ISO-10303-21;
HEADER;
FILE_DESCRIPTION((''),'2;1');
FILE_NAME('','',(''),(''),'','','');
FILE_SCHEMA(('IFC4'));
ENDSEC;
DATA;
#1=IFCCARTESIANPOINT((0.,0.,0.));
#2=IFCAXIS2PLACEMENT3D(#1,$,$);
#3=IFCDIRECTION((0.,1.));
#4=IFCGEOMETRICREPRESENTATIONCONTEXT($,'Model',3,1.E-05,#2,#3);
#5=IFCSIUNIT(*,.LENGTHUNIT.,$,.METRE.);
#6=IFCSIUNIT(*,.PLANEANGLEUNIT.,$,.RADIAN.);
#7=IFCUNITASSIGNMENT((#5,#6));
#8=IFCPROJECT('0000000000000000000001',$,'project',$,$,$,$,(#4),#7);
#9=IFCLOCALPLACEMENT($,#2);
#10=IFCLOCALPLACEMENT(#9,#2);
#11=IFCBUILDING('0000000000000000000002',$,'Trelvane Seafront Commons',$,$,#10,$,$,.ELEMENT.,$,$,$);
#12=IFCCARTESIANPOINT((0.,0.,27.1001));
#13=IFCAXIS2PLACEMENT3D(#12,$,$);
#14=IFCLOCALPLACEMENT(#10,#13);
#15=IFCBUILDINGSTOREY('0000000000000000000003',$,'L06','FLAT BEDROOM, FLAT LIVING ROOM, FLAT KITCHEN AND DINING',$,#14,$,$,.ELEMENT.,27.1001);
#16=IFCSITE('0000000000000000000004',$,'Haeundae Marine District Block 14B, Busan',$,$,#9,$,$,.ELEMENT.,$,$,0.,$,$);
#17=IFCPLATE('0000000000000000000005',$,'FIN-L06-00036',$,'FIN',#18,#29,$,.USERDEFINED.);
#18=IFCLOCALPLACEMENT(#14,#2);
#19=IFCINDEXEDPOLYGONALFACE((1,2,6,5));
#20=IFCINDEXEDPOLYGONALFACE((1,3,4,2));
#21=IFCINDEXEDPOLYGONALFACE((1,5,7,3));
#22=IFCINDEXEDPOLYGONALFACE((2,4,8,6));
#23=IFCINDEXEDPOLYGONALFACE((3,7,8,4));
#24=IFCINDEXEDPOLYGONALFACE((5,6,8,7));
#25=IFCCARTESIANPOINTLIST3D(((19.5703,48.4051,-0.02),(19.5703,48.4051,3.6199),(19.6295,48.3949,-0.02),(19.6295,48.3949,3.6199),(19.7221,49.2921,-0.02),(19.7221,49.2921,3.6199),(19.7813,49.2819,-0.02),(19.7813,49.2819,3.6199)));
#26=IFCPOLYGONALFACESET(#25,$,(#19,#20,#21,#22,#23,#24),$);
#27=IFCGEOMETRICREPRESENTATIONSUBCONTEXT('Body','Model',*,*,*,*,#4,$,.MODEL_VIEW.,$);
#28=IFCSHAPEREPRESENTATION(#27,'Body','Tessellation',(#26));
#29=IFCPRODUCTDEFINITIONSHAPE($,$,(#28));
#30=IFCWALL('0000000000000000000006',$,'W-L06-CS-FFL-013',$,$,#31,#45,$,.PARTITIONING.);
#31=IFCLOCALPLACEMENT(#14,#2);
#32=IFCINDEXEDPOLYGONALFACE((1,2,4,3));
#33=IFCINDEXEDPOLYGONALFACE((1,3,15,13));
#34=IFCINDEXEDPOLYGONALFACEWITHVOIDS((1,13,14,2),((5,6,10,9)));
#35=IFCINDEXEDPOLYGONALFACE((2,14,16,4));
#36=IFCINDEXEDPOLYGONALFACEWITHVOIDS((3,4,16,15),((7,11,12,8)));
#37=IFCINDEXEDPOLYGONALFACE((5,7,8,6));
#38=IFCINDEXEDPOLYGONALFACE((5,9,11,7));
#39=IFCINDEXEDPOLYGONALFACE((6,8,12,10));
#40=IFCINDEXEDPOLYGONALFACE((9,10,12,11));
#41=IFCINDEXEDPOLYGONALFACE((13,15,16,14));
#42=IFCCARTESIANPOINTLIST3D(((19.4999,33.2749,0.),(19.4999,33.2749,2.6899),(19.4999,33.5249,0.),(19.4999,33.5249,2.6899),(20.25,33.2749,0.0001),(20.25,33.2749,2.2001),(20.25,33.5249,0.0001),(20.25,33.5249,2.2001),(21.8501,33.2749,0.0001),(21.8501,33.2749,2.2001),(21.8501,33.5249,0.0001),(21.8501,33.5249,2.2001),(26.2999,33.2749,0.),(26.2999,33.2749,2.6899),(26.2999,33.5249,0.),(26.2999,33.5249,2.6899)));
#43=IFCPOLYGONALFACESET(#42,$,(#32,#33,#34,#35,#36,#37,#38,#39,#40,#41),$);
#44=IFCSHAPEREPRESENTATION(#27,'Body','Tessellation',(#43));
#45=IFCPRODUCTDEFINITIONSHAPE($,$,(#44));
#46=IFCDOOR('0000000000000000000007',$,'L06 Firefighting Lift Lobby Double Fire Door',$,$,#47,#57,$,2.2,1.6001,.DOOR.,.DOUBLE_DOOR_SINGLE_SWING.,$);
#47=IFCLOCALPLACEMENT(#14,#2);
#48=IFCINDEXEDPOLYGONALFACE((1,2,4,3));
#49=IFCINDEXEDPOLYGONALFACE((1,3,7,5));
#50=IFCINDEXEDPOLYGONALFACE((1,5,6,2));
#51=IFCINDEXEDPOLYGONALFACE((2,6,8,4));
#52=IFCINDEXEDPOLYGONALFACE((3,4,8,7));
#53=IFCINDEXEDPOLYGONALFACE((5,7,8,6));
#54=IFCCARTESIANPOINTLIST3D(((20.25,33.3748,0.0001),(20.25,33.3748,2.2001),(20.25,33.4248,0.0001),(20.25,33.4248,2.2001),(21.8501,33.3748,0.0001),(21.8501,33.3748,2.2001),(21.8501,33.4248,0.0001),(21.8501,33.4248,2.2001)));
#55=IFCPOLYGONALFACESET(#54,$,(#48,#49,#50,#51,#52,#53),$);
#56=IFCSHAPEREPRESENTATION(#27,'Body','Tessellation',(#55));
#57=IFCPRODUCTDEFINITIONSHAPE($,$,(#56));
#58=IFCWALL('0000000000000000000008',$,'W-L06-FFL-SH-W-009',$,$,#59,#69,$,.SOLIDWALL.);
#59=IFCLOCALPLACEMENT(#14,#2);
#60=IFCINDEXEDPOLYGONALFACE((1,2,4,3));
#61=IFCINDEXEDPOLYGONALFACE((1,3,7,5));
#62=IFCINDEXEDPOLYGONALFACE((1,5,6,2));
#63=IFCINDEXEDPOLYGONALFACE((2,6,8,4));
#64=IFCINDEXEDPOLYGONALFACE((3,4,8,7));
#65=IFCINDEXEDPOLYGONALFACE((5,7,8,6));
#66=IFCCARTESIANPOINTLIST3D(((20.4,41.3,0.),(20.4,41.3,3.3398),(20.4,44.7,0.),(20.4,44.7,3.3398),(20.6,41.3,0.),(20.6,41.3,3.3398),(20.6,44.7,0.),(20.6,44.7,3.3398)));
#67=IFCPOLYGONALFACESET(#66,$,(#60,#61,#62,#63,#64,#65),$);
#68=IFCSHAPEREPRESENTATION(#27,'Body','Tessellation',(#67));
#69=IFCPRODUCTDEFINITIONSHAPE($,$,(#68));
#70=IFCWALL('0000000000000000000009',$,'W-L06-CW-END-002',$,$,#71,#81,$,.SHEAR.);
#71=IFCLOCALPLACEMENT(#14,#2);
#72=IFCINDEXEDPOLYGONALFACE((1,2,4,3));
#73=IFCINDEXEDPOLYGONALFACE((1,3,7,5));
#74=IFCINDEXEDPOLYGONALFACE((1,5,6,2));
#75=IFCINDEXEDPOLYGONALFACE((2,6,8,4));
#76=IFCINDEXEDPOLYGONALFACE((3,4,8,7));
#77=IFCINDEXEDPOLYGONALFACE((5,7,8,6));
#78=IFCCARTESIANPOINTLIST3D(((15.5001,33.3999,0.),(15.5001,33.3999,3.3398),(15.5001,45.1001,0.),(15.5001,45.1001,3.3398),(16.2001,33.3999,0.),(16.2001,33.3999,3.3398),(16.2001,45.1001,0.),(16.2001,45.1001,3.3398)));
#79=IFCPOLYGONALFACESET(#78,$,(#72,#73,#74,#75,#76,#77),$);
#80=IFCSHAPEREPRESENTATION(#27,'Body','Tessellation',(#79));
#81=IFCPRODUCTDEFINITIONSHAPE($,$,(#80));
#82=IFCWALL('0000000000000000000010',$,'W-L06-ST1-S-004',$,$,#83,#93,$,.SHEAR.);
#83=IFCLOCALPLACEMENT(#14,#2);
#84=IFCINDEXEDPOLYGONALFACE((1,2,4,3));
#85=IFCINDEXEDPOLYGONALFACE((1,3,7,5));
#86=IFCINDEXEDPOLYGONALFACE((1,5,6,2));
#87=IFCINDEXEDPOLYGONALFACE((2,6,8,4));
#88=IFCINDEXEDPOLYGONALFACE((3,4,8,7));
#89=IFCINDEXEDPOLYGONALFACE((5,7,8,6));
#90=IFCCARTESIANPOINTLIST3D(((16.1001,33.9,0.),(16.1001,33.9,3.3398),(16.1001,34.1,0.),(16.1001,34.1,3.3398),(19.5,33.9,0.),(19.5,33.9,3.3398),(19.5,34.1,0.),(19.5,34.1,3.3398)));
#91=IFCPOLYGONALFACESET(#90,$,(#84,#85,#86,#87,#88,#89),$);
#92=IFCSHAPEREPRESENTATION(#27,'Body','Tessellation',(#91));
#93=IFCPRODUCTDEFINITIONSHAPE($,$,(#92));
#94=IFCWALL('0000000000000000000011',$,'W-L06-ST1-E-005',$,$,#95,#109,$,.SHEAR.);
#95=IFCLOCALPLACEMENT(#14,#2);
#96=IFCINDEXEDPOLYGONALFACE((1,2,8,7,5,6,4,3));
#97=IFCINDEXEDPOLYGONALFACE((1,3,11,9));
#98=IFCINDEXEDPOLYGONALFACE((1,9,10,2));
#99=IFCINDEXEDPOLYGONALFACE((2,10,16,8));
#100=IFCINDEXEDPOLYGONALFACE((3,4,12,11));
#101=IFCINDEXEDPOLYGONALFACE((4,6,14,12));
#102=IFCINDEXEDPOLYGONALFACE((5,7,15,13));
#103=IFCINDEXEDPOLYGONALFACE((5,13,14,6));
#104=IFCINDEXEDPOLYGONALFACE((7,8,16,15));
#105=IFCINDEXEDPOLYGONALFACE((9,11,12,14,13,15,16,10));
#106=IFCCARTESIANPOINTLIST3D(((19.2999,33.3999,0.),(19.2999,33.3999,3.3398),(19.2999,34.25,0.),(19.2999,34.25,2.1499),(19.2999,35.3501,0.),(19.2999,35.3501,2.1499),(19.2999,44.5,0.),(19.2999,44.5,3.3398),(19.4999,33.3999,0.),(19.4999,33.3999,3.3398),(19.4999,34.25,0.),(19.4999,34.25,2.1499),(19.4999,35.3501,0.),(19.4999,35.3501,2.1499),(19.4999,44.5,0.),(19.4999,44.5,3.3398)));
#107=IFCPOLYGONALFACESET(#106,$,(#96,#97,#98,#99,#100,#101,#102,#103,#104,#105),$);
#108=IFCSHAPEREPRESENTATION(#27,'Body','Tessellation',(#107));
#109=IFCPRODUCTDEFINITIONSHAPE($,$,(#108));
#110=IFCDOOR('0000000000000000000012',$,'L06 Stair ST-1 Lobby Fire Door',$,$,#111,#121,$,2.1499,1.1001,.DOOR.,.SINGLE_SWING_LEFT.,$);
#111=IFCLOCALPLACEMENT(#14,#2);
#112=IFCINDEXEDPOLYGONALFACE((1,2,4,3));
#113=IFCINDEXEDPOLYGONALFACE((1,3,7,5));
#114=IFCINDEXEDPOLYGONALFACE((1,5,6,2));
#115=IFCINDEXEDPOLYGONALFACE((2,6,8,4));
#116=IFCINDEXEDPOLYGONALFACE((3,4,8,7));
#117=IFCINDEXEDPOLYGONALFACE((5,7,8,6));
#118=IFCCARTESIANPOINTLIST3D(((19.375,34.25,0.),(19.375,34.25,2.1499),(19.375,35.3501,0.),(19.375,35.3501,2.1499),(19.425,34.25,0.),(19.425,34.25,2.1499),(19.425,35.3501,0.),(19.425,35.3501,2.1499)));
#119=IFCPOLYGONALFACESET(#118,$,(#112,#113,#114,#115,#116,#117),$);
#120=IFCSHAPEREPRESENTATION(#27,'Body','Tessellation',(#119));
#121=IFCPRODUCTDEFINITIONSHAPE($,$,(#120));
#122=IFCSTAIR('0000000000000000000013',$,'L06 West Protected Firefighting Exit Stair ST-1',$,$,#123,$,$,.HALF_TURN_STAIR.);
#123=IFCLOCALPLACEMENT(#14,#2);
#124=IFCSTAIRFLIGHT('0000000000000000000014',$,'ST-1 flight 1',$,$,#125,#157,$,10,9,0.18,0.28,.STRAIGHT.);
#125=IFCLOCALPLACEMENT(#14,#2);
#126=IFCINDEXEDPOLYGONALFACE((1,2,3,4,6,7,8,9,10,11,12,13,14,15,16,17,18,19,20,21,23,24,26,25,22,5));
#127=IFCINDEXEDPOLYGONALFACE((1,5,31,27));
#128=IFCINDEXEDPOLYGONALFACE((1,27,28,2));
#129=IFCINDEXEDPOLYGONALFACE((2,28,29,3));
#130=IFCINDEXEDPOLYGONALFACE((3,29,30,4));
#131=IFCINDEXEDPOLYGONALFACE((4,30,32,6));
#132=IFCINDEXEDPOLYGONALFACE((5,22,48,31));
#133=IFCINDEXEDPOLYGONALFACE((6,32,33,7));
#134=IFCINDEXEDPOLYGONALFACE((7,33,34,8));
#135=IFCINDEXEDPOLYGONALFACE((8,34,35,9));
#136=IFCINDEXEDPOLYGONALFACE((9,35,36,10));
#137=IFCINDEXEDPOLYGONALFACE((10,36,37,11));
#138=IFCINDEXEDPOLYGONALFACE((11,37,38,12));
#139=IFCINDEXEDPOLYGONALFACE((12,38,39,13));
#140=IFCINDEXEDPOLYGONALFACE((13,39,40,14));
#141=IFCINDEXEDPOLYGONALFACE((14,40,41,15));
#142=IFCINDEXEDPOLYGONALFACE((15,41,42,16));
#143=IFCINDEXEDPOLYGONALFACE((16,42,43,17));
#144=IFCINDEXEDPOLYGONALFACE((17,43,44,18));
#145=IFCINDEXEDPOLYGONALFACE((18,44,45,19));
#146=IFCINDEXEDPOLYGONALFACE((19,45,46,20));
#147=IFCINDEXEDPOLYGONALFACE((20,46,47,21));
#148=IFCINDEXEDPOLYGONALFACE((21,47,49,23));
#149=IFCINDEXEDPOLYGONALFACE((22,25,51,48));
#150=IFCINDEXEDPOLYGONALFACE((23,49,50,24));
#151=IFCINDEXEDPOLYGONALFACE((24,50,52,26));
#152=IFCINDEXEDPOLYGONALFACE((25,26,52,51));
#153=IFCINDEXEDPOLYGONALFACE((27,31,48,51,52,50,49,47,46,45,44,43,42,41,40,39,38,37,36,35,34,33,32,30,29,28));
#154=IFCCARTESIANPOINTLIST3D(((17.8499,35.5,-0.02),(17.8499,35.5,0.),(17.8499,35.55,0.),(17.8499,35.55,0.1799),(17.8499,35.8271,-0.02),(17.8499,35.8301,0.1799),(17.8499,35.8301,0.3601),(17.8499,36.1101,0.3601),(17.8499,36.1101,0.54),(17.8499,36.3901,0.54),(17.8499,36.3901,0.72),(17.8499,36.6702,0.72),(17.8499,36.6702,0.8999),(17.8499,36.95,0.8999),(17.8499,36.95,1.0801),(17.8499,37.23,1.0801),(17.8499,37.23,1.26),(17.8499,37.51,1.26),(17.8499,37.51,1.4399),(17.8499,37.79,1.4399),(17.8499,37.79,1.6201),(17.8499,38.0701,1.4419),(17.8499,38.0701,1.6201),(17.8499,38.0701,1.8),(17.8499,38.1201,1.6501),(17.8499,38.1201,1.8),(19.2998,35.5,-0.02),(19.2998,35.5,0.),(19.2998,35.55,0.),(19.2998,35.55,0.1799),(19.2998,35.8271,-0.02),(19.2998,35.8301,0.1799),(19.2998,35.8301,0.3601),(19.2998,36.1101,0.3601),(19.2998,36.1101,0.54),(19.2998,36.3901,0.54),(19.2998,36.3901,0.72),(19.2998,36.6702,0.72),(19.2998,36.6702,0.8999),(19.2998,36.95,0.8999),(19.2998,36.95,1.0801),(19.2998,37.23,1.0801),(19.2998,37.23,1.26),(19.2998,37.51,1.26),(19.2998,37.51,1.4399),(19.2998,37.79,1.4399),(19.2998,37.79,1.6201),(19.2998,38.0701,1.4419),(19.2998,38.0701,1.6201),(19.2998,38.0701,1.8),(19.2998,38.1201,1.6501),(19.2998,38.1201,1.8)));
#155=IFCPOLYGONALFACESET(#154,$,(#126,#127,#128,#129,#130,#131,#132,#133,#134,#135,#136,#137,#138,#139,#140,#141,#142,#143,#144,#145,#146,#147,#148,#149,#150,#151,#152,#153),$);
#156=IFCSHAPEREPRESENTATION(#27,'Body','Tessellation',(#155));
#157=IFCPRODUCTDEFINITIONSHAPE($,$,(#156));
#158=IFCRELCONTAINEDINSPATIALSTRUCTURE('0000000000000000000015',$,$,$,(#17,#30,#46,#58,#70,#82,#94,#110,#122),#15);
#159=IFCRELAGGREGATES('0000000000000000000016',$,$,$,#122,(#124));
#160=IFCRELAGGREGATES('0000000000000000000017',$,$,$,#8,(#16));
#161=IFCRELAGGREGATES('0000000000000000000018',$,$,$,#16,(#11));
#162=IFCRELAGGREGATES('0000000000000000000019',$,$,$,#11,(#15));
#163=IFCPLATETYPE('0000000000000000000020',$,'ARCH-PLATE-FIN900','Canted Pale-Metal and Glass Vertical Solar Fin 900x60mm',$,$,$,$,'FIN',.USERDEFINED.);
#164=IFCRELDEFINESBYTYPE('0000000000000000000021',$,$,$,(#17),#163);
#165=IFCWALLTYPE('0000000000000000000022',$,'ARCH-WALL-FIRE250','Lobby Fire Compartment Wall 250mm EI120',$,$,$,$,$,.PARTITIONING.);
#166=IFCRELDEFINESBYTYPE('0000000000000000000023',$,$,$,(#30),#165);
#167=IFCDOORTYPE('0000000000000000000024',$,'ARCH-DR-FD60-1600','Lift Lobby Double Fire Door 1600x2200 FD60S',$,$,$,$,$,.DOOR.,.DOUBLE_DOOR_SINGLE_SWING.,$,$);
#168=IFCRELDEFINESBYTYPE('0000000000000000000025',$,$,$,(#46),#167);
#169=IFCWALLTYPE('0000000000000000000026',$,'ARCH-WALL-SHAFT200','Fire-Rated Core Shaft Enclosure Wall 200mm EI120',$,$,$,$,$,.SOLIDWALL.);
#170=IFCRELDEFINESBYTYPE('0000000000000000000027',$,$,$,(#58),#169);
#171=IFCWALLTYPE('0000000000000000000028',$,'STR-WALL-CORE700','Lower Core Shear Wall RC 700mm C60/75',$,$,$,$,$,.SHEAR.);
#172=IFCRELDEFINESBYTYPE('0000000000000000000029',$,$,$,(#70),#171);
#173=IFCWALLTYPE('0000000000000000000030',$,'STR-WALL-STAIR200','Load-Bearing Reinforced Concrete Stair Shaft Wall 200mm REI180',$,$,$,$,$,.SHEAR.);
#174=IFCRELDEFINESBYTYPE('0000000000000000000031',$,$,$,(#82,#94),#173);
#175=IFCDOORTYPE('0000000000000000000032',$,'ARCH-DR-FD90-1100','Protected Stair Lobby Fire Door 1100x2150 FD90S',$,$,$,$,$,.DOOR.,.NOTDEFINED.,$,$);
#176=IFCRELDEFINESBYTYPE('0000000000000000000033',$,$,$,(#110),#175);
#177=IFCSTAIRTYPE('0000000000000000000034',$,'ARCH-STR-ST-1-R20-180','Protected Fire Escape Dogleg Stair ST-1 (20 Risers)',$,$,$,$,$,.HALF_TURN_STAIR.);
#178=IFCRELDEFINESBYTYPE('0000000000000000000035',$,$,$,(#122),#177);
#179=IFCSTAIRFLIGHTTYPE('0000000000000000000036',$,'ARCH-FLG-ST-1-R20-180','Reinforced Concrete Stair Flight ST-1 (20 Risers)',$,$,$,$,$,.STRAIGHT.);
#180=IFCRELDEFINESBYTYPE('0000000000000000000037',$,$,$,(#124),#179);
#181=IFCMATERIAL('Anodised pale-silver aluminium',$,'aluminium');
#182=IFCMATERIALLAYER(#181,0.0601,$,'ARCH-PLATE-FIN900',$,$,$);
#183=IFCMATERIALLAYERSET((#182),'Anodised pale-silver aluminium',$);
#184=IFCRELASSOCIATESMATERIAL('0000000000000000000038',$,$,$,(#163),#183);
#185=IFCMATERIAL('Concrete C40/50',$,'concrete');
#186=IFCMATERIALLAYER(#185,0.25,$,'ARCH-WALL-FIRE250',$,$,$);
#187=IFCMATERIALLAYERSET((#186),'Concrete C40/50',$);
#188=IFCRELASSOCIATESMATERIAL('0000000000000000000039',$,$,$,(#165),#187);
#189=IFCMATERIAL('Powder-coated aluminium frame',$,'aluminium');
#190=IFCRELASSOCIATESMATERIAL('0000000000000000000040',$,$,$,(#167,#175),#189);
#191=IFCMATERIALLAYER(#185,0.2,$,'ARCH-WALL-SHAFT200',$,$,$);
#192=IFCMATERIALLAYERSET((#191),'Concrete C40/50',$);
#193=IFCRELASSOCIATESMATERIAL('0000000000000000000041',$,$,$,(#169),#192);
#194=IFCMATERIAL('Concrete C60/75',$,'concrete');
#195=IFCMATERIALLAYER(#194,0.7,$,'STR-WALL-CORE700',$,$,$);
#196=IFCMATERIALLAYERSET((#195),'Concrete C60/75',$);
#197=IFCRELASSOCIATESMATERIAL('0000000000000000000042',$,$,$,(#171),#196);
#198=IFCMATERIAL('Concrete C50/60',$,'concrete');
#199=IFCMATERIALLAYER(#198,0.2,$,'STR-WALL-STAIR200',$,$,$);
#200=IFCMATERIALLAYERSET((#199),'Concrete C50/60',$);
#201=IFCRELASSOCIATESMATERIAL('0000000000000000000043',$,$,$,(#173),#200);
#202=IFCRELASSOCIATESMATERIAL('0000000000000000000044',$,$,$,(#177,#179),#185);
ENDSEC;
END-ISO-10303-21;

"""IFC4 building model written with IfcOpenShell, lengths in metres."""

from ifc_helpers import new_model, si_unit, direction, frame, frame_2d, origin, origin_2d, place, context, subcontext, project, spatial, polyline, rectangle, outline, extrude, source, transform, mapped, material, layer, layer_set, type_object, element, fill, aggregate, save


model = new_model("IFC4")

# Units and contexts
model_context = context("Model", 3, precision=1e-05, world=origin(), true_north=direction((0.0, 1.0)))
body_context = subcontext(model_context, "Body", "Model", "MODEL_VIEW")
ifc_project = project(units=[si_unit("LENGTHUNIT", "METRE"), si_unit("PLANEANGLEUNIT", "RADIAN")], contexts=[model_context])

# Site, building, storey
site_placement = place(None, origin())
site = spatial("IfcSite", under=ifc_project, at=site_placement, Name="Haeundae Marine District Block 14B, Busan", CompositionType="ELEMENT", RefElevation=0.0)
building_placement = place(site_placement, origin())
building = spatial("IfcBuilding", under=site, at=building_placement, Name="Trelvane Seafront Commons", CompositionType="ELEMENT")
storey_placement = place(building_placement, frame((0.0, 0.0, 27.1001)))
storey = spatial("IfcBuildingStorey", under=building, at=storey_placement, Name="L06", Description="FLAT BEDROOM, FLAT LIVING ROOM, FLAT KITCHEN AND DINING", CompositionType="ELEMENT", Elevation=27.1001)

# Shared definitions
ifc_material_1 = material(Name="Concrete C60/75", Category="concrete")

# Shared definitions
ifc_material_2 = material(Name="Anodised pale-silver aluminium", Category="aluminium")

# Plate
ifc_layer_1 = layer(ifc_material_2, 0.0601, Name="ARCH-PLATE-FIN900")
ifc_layer_set_1 = layer_set([ifc_layer_1], Name="Anodised pale-silver aluminium")
plate_type_1 = type_object("IfcPlateType", Name="ARCH-PLATE-FIN900", Description="Canted Pale-Metal and Glass Vertical Solar Fin 900x60mm", ElementType="FIN", PredefinedType="USERDEFINED", material=ifc_layer_set_1)
shared_shape_1 = source(origin(), body_context, "Body", "SweptSolid", [
    extrude(rectangle(XDim=0.8999, YDim=0.0601, at=origin_2d()), origin(), (0.0, 0.0, 1.0), 3.6399),
])
for number, where, z_axis, x_axis, name in (
    (1, (19.6758, 48.8435, -0.02), (0.0, 0.0, 1.0), (0.168668, 0.985673, 0.0), "FIN-L06-00036"),
):
    element("IfcPlate", number, at=place(storey_placement, frame(where, z_axis=z_axis, x_axis=x_axis)), inside=storey, type_object=plate_type_1, Name=name, ObjectType="FIN", PredefinedType="USERDEFINED", context=body_context, shape_type="MappedRepresentation", body=[
        mapped(shared_shape_1, transform((0.0, 0.0, 0.0), x_axis=(1.0, 0.0, 0.0), y_axis=(0.0, 1.0, 0.0), z_axis=(0.0, 0.0, 1.0), scale=1.0)),
    ])

# Wall, opening, door
ifc_material_3 = material(Name="Concrete C40/50", Category="concrete")
ifc_layer_2 = layer(ifc_material_3, 0.25, Name="ARCH-WALL-FIRE250")
ifc_layer_set_2 = layer_set([ifc_layer_2], Name="Concrete C40/50")
wall_type_1 = type_object("IfcWallType", Name="ARCH-WALL-FIRE250", Description="Lobby Fire Compartment Wall 250mm EI120", PredefinedType="PARTITIONING", material=ifc_layer_set_2)
wall_1_placement = place(storey_placement, frame((19.5, 33.3999, 0.0), z_axis=(0.0, 0.0, 1.0), x_axis=(1.0, 0.0, 0.0)))
wall_1 = element("IfcWall", 2, at=wall_1_placement, inside=storey, type_object=wall_type_1, Name="W-L06-CS-FFL-013", PredefinedType="PARTITIONING", context=body_context, shape_type="SweptSolid", body=[
    extrude(rectangle(XDim=6.8, YDim=0.25, at=frame_2d((3.3999, 0.0))), origin(), (0.0, 0.0, 1.0), 2.6899),
])
opening_1_placement = place(wall_1_placement, frame((0.75, 0.0, 0.0)))
opening_1 = element("IfcOpeningElement", 3, at=opening_1_placement, cuts=wall_1, PredefinedType="OPENING", context=body_context, shape_type="SweptSolid", body=[
    extrude(rectangle(XDim=1.6001, YDim=2.2, at=frame_2d((0.8, 1.1001))), frame((0.0, 0.135, 0.0), z_axis=(0.0, -1.0, 0.0), x_axis=(1.0, 0.0, 0.0)), (0.0, 0.0, 1.0), 0.27),
])
ifc_material_4 = material(Name="Powder-coated aluminium frame", Category="aluminium")
door_type_1 = type_object("IfcDoorType", Name="ARCH-DR-FD60-1600", Description="Lift Lobby Double Fire Door 1600x2200 FD60S", OperationType="DOUBLE_DOOR_SINGLE_SWING", PredefinedType="DOOR", material=ifc_material_4)
shared_shape_2 = source(origin(), body_context, "Body", "SweptSolid", [
    extrude(rectangle(XDim=1.6001, YDim=2.2, at=frame_2d((0.8, 1.1001))), frame((0.0, 0.0249, 0.0), z_axis=(0.0, -1.0, 0.0), x_axis=(1.0, 0.0, 0.0)), (0.0, 0.0, 1.0), 0.05),
])
door_1_placement = place(opening_1_placement, origin())
door_1 = element("IfcDoor", 4, at=door_1_placement, inside=storey, type_object=door_type_1, Name="L06 Firefighting Lift Lobby Double Fire Door", OperationType="DOUBLE_DOOR_SINGLE_SWING", OverallHeight=2.2, OverallWidth=1.6001, PredefinedType="DOOR", context=body_context, shape_type="MappedRepresentation", body=[
    mapped(shared_shape_2, transform((0.0, 0.0, 0.0), x_axis=(1.0, 0.0, 0.0), y_axis=(0.0, 1.0, 0.0), z_axis=(0.0, 0.0, 1.0), scale=1.0)),
])
fill(opening_1, door_1)

# Shared definitions
ifc_layer_3 = layer(ifc_material_3, 0.2, Name="ARCH-WALL-SHAFT200")
ifc_layer_set_3 = layer_set([ifc_layer_3], Name="Concrete C40/50")
wall_type_2 = type_object("IfcWallType", Name="ARCH-WALL-SHAFT200", Description="Fire-Rated Core Shaft Enclosure Wall 200mm EI120", PredefinedType="SOLIDWALL", material=ifc_layer_set_3)
shared_shape_3 = source(origin(), body_context, "Body", "SweptSolid", [
    extrude(rectangle(XDim=1.1001, YDim=2.1499, at=frame_2d((0.55, 1.075))), frame((0.0, 0.0249, 0.0), z_axis=(0.0, -1.0, 0.0), x_axis=(1.0, 0.0, 0.0)), (0.0, 0.0, 1.0), 0.05),
])

# Walls
wall_2_placement = place(storey_placement, frame((20.5, 41.3, 0.0), z_axis=(0.0, 0.0, 1.0), x_axis=(0.0, 1.0, 0.0)))
element("IfcWall", 5, at=wall_2_placement, inside=storey, type_object=wall_type_2, Name="W-L06-FFL-SH-W-009", PredefinedType="SOLIDWALL", context=body_context, shape_type="SweptSolid", body=[
    extrude(rectangle(XDim=3.3999, YDim=0.2, at=frame_2d((1.7, 0.0))), origin(), (0.0, 0.0, 1.0), 3.3398),
])
ifc_layer_4 = layer(ifc_material_1, 0.7, Name="STR-WALL-CORE700")
ifc_layer_set_4 = layer_set([ifc_layer_4], Name="Concrete C60/75")
wall_type_3 = type_object("IfcWallType", Name="STR-WALL-CORE700", Description="Lower Core Shear Wall RC 700mm C60/75", PredefinedType="SHEAR", material=ifc_layer_set_4)
wall_3_placement = place(storey_placement, frame((15.8501, 33.3999, 0.0), z_axis=(0.0, 0.0, 1.0), x_axis=(0.0, 1.0, 0.0)))
element("IfcWall", 6, at=wall_3_placement, inside=storey, type_object=wall_type_3, Name="W-L06-CW-END-002", PredefinedType="SHEAR", context=body_context, shape_type="SweptSolid", body=[
    extrude(rectangle(XDim=11.7002, YDim=0.7, at=frame_2d((5.8501, 0.0))), origin(), (0.0, 0.0, 1.0), 3.3398),
])
ifc_material_5 = material(Name="Concrete C50/60", Category="concrete")
ifc_layer_5 = layer(ifc_material_5, 0.2, Name="STR-WALL-STAIR200")
ifc_layer_set_5 = layer_set([ifc_layer_5], Name="Concrete C50/60")
wall_type_4 = type_object("IfcWallType", Name="STR-WALL-STAIR200", Description="Load-Bearing Reinforced Concrete Stair Shaft Wall 200mm REI180", PredefinedType="SHEAR", material=ifc_layer_set_5)
wall_4_placement = place(storey_placement, frame((16.1001, 34.0, 0.0), z_axis=(0.0, 0.0, 1.0), x_axis=(1.0, 0.0, 0.0)))
element("IfcWall", 7, at=wall_4_placement, inside=storey, type_object=wall_type_4, Name="W-L06-ST1-S-004", PredefinedType="SHEAR", context=body_context, shape_type="SweptSolid", body=[
    extrude(rectangle(XDim=3.3999, YDim=0.2, at=frame_2d((1.7, 0.0))), origin(), (0.0, 0.0, 1.0), 3.3398),
])

# Wall, opening, door
wall_5_placement = place(storey_placement, frame((19.3999, 33.3999, 0.0), z_axis=(0.0, 0.0, 1.0), x_axis=(0.0, 1.0, 0.0)))
wall_5 = element("IfcWall", 8, at=wall_5_placement, inside=storey, type_object=wall_type_4, Name="W-L06-ST1-E-005", PredefinedType="SHEAR", context=body_context, shape_type="SweptSolid", body=[
    extrude(rectangle(XDim=11.1001, YDim=0.2, at=frame_2d((5.55, 0.0))), origin(), (0.0, 0.0, 1.0), 3.3398),
])
opening_2_placement = place(wall_5_placement, frame((0.8501, 0.0, 0.0)))
opening_2 = element("IfcOpeningElement", 9, at=opening_2_placement, cuts=wall_5, PredefinedType="OPENING", context=body_context, shape_type="SweptSolid", body=[
    extrude(rectangle(XDim=1.1001, YDim=2.1499, at=frame_2d((0.55, 1.075))), frame((0.0, 0.1099, 0.0), z_axis=(0.0, -1.0, 0.0), x_axis=(1.0, 0.0, 0.0)), (0.0, 0.0, 1.0), 0.22),
])
door_type_2 = type_object("IfcDoorType", Name="ARCH-DR-FD90-1100", Description="Protected Stair Lobby Fire Door 1100x2150 FD90S", OperationType="NOTDEFINED", PredefinedType="DOOR", material=ifc_material_4)
door_2_placement = place(opening_2_placement, origin())
door_2 = element("IfcDoor", 10, at=door_2_placement, inside=storey, type_object=door_type_2, Name="L06 Stair ST-1 Lobby Fire Door", OperationType="SINGLE_SWING_LEFT", OverallHeight=2.1499, OverallWidth=1.1001, PredefinedType="DOOR", context=body_context, shape_type="MappedRepresentation", body=[
    mapped(shared_shape_3, transform((0.0, 0.0, 0.0), x_axis=(1.0, 0.0, 0.0), y_axis=(0.0, 1.0, 0.0), z_axis=(0.0, 0.0, 1.0), scale=1.0)),
])
fill(opening_2, door_2)

# Stair, stair flight
stair_type = type_object("IfcStairType", Name="ARCH-STR-ST-1-R20-180", Description="Protected Fire Escape Dogleg Stair ST-1 (20 Risers)", PredefinedType="HALF_TURN_STAIR", material=ifc_material_3)
stair_placement = place(storey_placement, origin())
stair = element("IfcStair", 11, at=stair_placement, inside=storey, type_object=stair_type, Name="L06 West Protected Firefighting Exit Stair ST-1", PredefinedType="HALF_TURN_STAIR")
stair_flight_type = type_object("IfcStairFlightType", Name="ARCH-FLG-ST-1-R20-180", Description="Reinforced Concrete Stair Flight ST-1 (20 Risers)", PredefinedType="STRAIGHT", material=ifc_material_3)
shared_shape_4 = source(origin(), body_context, "Body", "SweptSolid", [
    extrude(outline(polyline([(-0.05, -0.02), (-0.05, 0.0), (0.0, 0.0), (0.0, 0.1799), (0.28, 0.1799), (0.28, 0.3601), (0.5601, 0.3601), (0.5601, 0.54), (0.8401, 0.54), (0.8401, 0.72), (1.1201, 0.72), (1.1201, 0.8999), (1.3999, 0.8999), (1.3999, 1.0801), (1.6799, 1.0801), (1.6799, 1.26), (1.96, 1.26), (1.96, 1.4399), (2.24, 1.4399), (2.24, 1.6201), (2.52, 1.6201), (2.52, 1.8), (2.5701, 1.8), (2.5701, 1.6501), (2.52, 1.4419), (0.2771, -0.02), (-0.05, -0.02)])), frame((0.0, 0.7251, 0.0), z_axis=(0.0, -1.0, 0.0), x_axis=(1.0, 0.0, 0.0)), (0.0, 0.0, 1.0), 1.45),
])
stair_flight_1_placement = place(storey_placement, frame((18.575, 35.55, 0.0), z_axis=(0.0, 0.0, 1.0), x_axis=(0.0, 1.0, 0.0)))
stair_flight_1 = element("IfcStairFlight", 12, at=stair_flight_1_placement, type_object=stair_flight_type, Name="ST-1 flight 1", NumberOfRisers=10, NumberOfTreads=9, PredefinedType="STRAIGHT", RiserHeight=0.18, TreadLength=0.28, context=body_context, shape_type="MappedRepresentation", body=[
    mapped(shared_shape_4, transform((0.0, 0.0, 0.0), x_axis=(1.0, 0.0, 0.0), y_axis=(0.0, 1.0, 0.0), z_axis=(0.0, 0.0, 1.0), scale=1.0)),
])
aggregate(stair, [stair_flight_1])

save(model, "model.ifc")
